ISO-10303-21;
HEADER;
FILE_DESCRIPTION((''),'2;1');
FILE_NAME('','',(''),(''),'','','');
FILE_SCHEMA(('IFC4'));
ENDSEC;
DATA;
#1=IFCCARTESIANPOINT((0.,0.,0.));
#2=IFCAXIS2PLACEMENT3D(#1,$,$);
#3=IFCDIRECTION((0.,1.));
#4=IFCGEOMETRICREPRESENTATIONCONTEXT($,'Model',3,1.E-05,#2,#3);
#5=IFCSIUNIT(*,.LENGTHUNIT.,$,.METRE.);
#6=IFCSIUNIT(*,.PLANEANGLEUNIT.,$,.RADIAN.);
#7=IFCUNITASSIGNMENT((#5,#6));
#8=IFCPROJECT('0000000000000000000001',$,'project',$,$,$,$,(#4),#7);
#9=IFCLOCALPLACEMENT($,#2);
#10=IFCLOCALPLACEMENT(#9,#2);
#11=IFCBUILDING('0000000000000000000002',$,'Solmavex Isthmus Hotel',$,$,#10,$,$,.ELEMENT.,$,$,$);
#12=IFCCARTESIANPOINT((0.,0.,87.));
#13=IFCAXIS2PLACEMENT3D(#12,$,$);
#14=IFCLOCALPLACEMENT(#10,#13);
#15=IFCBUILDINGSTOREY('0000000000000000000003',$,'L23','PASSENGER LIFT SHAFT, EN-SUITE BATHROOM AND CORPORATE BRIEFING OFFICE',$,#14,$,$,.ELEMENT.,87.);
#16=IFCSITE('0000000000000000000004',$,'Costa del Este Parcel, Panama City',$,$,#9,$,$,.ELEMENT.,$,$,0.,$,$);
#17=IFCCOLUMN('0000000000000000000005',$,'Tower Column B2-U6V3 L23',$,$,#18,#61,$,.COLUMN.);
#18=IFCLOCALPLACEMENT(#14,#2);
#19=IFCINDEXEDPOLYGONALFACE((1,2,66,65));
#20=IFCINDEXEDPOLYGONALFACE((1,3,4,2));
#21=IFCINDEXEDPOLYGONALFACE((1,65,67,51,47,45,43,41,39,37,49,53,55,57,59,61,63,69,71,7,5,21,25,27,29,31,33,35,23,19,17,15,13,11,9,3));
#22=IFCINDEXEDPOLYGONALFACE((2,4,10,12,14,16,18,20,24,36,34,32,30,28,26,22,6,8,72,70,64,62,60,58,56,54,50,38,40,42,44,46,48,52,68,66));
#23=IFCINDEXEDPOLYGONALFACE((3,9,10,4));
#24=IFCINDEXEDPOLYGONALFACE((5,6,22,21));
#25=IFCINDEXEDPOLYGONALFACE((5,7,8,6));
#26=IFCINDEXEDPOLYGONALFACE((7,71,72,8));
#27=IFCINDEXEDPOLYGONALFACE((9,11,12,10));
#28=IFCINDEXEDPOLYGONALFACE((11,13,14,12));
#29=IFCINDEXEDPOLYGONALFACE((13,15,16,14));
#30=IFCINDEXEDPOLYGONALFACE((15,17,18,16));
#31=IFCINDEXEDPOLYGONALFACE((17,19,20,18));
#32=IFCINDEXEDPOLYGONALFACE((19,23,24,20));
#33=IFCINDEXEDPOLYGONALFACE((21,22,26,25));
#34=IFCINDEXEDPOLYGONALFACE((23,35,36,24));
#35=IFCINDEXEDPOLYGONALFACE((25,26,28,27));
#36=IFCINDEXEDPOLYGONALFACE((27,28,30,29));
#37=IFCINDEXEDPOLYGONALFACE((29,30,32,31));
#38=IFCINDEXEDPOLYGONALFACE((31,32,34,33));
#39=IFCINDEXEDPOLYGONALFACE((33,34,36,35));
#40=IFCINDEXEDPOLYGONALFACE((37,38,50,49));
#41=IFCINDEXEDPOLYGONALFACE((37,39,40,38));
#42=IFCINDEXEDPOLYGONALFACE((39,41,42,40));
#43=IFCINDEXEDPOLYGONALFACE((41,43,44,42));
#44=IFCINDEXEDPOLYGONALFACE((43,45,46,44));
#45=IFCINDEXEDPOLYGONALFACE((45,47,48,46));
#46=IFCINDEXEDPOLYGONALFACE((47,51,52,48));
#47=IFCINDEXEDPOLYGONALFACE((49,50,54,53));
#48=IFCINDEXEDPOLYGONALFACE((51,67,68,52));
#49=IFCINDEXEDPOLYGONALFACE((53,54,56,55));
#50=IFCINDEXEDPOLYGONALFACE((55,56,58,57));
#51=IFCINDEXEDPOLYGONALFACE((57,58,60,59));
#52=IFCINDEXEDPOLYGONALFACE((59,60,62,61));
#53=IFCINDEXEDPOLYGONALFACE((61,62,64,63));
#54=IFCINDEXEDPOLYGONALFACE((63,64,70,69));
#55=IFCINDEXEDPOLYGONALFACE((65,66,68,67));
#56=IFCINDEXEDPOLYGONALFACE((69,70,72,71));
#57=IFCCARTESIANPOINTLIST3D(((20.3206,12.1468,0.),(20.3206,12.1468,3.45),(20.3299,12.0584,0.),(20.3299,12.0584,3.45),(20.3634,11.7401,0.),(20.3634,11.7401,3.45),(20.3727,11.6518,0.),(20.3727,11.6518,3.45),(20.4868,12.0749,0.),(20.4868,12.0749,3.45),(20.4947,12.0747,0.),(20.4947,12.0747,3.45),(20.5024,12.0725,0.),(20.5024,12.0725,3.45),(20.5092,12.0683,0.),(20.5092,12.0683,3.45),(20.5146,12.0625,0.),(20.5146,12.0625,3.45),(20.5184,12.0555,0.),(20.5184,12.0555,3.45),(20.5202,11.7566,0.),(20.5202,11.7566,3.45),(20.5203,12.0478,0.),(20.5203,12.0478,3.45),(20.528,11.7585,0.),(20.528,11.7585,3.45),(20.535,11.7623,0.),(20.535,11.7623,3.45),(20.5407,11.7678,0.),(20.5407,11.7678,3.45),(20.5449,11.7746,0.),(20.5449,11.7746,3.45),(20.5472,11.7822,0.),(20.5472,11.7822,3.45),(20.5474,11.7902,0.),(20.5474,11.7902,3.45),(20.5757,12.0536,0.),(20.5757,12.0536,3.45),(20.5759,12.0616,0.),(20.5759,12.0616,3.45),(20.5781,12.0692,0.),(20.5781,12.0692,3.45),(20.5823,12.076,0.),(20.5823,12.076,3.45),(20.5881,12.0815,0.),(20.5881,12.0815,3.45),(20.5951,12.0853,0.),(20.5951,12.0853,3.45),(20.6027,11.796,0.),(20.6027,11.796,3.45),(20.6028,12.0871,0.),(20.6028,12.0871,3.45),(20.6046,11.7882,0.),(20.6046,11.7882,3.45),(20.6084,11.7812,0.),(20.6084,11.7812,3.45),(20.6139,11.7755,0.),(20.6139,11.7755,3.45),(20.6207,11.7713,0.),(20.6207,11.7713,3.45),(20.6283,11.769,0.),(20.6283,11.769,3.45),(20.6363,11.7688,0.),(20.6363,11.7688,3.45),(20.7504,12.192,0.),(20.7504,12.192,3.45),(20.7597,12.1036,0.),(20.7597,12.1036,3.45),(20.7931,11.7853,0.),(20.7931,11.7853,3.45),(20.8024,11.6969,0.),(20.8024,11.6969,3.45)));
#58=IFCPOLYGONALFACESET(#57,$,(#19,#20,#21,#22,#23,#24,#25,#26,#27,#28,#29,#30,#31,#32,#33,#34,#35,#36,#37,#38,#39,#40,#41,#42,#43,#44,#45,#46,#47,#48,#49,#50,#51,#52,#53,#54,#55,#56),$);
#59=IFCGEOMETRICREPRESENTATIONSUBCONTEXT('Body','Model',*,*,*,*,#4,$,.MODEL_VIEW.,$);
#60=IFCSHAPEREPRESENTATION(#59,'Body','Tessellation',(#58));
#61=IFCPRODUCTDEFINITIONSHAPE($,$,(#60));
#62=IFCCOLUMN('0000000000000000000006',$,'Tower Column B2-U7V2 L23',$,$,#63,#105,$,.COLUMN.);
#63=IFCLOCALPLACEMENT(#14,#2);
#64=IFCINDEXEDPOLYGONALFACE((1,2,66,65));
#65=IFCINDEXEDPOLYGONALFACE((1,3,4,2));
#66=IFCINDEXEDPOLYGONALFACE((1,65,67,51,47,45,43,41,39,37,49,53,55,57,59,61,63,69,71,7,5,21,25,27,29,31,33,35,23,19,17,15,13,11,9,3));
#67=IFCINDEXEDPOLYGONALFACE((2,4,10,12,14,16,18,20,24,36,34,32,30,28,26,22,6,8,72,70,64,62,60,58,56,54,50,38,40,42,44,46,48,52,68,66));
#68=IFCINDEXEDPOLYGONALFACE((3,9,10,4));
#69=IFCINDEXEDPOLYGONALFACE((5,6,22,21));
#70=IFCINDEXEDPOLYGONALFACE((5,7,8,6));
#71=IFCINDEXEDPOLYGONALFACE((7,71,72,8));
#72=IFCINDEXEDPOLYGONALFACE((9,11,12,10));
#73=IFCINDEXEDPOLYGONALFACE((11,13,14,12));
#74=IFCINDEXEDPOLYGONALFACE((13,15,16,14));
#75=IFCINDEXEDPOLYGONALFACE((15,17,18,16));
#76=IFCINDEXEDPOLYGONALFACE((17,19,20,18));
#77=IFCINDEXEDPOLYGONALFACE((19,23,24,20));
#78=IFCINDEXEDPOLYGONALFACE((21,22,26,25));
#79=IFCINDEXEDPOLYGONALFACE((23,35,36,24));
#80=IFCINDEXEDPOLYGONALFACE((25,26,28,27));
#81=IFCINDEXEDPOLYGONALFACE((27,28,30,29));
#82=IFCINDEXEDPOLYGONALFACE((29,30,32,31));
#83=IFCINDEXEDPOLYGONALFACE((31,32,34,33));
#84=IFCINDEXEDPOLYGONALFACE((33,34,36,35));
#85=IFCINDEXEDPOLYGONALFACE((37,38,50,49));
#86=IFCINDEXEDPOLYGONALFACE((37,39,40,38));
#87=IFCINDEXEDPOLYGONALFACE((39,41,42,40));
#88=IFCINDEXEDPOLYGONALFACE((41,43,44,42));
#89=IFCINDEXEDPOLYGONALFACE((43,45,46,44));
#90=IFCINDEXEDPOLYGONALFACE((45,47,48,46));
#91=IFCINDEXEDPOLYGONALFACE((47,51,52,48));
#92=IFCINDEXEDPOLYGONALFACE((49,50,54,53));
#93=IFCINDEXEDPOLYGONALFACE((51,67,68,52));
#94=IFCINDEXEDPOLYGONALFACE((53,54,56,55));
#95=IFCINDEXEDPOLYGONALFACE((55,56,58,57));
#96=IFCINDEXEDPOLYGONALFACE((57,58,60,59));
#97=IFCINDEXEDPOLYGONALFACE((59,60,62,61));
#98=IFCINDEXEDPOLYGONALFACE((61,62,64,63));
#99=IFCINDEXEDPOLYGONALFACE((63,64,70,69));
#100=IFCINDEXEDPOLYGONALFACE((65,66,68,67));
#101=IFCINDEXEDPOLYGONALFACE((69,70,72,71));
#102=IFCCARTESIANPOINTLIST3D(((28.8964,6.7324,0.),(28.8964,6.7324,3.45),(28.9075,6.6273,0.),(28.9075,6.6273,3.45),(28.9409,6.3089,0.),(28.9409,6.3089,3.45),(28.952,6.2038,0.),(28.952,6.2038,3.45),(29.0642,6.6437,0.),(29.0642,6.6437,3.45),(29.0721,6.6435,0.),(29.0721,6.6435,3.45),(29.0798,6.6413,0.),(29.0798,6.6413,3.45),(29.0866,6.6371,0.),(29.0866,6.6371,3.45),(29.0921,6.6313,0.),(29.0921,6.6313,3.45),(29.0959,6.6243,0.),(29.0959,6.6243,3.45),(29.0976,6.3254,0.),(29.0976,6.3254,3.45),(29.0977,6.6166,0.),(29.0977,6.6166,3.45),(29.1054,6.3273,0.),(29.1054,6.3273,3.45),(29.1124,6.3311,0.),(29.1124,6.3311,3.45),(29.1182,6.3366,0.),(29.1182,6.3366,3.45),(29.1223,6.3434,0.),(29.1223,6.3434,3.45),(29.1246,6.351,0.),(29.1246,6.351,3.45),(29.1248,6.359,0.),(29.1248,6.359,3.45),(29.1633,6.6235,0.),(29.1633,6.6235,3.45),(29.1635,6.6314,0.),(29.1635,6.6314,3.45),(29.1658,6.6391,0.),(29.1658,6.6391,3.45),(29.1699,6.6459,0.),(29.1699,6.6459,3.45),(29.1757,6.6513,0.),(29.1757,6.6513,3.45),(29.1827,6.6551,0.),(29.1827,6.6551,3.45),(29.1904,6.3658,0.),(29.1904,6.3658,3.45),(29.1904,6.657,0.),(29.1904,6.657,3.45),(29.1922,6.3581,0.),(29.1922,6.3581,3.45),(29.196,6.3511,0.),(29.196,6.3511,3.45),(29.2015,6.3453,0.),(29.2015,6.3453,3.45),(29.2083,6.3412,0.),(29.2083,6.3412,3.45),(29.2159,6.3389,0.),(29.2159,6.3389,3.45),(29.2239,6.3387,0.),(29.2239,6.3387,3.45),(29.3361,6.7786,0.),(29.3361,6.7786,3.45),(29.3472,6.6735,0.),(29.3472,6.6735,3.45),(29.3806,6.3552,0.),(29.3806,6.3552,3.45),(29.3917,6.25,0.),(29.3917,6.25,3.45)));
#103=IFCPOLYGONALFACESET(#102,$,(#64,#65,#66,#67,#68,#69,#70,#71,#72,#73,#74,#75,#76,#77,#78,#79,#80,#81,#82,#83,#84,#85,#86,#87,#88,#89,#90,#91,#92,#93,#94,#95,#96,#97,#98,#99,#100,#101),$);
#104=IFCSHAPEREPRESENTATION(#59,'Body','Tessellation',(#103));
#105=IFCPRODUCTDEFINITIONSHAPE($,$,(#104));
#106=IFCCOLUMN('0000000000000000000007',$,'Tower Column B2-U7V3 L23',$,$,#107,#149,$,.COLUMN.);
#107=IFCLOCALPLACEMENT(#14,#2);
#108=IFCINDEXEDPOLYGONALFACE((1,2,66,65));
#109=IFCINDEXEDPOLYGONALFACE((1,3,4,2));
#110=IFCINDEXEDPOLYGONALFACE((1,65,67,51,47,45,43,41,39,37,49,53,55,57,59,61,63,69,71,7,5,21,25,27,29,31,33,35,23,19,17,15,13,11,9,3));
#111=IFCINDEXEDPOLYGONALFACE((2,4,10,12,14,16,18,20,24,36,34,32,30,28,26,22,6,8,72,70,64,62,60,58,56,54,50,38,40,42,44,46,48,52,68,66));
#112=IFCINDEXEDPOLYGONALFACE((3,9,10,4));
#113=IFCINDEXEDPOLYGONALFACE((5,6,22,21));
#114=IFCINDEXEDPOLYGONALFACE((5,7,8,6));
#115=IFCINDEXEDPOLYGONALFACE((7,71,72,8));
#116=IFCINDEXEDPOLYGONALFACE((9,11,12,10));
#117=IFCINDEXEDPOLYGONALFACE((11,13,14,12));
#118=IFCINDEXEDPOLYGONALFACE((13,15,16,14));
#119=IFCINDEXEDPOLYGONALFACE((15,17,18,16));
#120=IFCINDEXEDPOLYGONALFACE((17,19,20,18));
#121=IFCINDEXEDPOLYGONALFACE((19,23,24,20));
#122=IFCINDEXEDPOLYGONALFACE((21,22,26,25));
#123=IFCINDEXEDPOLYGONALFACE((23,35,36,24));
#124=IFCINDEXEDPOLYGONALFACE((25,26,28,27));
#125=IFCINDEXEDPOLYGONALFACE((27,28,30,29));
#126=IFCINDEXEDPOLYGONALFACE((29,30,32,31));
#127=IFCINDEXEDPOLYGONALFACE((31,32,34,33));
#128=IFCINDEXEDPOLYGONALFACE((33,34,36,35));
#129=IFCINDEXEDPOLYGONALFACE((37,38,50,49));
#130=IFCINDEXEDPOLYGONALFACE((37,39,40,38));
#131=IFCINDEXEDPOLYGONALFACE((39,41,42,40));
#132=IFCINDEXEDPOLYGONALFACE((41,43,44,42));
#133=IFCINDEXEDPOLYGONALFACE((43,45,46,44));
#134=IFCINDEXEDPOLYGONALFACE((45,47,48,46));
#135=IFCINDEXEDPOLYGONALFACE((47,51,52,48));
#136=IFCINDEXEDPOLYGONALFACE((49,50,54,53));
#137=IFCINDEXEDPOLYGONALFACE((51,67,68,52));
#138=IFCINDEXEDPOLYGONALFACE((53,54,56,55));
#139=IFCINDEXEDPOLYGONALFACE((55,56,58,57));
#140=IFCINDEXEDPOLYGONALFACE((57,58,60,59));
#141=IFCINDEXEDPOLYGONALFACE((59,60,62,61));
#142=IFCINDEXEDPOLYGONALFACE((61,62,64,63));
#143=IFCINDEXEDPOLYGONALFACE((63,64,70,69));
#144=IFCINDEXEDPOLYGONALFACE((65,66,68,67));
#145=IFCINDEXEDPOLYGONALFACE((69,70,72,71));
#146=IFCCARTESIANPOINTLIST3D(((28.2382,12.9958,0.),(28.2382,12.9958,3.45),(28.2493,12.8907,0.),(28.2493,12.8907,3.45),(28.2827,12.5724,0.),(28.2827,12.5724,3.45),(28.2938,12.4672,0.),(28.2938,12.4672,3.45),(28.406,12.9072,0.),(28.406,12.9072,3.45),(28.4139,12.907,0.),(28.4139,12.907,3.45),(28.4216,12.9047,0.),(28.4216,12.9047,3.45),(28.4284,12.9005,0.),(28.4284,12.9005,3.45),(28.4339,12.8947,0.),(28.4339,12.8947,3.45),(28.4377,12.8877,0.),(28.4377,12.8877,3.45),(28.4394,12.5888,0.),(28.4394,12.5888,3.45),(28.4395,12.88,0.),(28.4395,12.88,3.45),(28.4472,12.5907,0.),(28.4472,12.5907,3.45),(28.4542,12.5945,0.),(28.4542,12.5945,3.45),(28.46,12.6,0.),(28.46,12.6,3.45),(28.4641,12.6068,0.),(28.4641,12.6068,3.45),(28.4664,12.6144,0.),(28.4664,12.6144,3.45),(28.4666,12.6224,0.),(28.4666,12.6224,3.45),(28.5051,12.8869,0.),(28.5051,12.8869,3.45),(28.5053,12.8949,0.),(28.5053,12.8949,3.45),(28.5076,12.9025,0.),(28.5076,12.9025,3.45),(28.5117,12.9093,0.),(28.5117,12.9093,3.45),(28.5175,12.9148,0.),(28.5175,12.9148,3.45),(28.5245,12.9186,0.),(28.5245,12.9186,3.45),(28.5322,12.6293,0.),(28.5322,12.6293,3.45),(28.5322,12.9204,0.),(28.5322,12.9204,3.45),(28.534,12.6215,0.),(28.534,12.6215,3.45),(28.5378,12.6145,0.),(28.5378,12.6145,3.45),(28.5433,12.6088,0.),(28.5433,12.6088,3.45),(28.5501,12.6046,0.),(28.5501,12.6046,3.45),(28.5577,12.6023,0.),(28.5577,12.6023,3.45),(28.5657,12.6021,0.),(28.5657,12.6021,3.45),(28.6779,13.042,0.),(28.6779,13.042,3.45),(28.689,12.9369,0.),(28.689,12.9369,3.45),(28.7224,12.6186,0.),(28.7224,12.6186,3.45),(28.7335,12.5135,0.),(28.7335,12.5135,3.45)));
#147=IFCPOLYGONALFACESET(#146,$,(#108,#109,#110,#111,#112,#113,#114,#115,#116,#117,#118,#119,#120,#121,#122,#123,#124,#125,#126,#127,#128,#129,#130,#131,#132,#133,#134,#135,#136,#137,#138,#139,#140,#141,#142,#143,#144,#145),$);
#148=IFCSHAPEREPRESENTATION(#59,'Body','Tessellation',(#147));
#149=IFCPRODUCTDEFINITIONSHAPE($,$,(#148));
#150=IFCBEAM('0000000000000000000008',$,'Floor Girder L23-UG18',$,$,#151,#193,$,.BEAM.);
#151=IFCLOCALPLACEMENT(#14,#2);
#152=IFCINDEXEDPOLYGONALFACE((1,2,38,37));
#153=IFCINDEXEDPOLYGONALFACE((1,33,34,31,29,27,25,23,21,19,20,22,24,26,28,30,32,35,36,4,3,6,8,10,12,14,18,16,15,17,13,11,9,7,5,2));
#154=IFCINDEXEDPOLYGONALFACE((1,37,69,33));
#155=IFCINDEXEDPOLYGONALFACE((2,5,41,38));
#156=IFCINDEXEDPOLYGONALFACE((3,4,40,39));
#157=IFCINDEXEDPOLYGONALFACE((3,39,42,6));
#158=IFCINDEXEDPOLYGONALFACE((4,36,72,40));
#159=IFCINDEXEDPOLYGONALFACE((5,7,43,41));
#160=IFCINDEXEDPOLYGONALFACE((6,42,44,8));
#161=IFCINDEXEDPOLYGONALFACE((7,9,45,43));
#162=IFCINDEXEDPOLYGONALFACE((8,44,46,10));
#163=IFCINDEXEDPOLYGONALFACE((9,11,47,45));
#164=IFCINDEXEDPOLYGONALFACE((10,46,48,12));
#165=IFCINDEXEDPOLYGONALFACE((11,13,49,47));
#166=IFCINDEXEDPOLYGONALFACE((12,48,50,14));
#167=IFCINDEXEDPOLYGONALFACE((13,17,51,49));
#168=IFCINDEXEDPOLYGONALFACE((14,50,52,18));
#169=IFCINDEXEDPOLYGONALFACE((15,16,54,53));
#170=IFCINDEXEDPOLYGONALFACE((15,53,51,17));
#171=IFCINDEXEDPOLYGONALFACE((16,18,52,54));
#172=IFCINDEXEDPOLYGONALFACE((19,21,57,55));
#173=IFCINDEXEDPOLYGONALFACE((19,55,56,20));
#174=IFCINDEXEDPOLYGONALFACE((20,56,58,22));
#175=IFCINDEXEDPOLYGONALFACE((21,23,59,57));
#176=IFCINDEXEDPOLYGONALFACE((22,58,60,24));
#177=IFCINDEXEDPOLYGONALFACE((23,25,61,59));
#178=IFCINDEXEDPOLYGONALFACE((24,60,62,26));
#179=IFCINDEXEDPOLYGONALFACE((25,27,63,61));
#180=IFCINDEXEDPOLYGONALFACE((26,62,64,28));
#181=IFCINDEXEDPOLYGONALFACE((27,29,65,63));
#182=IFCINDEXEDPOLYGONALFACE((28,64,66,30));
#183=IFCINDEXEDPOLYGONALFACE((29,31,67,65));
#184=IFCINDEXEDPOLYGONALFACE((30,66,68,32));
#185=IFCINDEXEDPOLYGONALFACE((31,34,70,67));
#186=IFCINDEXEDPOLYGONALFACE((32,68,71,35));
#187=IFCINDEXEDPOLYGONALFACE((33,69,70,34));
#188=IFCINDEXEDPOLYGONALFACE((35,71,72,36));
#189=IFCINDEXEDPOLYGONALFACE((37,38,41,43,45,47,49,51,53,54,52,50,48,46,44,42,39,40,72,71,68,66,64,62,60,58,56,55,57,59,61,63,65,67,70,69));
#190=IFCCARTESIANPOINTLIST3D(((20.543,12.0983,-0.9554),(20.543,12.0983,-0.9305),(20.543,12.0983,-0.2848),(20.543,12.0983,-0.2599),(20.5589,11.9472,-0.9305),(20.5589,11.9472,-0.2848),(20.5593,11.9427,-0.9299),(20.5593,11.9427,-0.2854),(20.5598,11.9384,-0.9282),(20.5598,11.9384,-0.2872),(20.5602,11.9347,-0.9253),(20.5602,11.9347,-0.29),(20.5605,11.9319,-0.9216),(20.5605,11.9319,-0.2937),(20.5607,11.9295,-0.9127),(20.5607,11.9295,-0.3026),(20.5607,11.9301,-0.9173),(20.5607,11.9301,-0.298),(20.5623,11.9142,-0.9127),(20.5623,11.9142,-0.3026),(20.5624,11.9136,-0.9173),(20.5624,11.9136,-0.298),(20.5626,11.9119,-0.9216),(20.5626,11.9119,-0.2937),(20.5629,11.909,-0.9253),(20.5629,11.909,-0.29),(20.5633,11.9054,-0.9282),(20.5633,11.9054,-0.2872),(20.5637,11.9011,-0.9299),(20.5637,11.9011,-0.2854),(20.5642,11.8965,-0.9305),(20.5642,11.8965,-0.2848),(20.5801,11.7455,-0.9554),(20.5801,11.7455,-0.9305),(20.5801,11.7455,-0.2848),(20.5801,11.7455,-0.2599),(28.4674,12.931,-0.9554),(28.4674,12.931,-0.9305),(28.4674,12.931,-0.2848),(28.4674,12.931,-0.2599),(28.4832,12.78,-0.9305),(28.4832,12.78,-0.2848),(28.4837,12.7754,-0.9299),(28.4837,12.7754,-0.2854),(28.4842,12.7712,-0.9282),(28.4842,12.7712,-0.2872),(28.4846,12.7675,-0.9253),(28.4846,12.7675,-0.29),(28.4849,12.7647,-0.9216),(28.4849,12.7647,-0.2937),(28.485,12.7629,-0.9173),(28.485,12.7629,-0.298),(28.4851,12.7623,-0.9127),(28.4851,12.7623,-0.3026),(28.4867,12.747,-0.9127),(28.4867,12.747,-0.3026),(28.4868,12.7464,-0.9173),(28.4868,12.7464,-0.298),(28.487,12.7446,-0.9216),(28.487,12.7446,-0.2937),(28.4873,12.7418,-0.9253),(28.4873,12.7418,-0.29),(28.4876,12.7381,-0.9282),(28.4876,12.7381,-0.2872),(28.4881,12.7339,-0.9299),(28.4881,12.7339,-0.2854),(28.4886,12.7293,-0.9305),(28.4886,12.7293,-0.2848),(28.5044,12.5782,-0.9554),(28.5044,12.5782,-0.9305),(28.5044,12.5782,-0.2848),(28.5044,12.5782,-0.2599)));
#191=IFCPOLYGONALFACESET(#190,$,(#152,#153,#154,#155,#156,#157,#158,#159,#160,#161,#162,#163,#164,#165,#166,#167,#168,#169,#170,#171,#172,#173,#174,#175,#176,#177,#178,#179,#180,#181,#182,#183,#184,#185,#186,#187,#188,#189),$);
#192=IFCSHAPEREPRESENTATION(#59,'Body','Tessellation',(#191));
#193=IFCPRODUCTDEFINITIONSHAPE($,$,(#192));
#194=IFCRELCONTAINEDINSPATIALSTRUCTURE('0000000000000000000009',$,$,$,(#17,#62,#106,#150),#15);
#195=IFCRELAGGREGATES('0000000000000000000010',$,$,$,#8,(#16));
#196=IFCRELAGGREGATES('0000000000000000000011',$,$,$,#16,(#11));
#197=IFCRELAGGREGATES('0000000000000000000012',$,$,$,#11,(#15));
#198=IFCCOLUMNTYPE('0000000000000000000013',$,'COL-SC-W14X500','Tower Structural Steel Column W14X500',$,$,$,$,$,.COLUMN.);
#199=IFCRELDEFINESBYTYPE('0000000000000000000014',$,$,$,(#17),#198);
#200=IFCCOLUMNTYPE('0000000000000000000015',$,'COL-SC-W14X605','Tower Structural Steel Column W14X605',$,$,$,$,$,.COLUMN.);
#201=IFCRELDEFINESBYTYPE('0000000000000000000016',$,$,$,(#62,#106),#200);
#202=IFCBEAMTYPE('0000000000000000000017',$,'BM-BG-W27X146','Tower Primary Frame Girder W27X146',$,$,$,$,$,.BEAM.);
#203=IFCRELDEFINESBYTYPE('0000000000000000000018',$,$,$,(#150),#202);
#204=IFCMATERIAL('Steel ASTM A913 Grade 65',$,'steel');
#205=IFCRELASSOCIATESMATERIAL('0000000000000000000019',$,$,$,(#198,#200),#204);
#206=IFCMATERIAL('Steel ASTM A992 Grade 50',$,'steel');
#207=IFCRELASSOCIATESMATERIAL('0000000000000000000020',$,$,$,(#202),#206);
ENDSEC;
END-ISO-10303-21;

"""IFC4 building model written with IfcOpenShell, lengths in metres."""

from ifc_helpers import new_model, si_unit, direction, frame, origin, origin_2d, place, context, subcontext, project, spatial, i_section, extrude, material, material_profile, profile_set, type_object, element, save


model = new_model("IFC4")

# Units and contexts
model_context = context("Model", 3, precision=1e-05, world=origin(), true_north=direction((0.0, 1.0)))
body_context = subcontext(model_context, "Body", "Model", "MODEL_VIEW")
ifc_project = project(units=[si_unit("LENGTHUNIT", "METRE"), si_unit("PLANEANGLEUNIT", "RADIAN")], contexts=[model_context])

# Site, building, storey
site_placement = place(None, origin())
site = spatial("IfcSite", under=ifc_project, at=site_placement, Name="Costa del Este Parcel, Panama City", CompositionType="ELEMENT", RefElevation=0.0)
building_placement = place(site_placement, origin())
building = spatial("IfcBuilding", under=site, at=building_placement, Name="Solmavex Isthmus Hotel", CompositionType="ELEMENT")
storey_placement = place(building_placement, frame((0.0, 0.0, 87.0)))
storey = spatial("IfcBuildingStorey", under=building, at=storey_placement, Name="L23", Description="PASSENGER LIFT SHAFT, EN-SUITE BATHROOM AND CORPORATE BRIEFING OFFICE", CompositionType="ELEMENT", Elevation=87.0)

# Columns
ifc_material_1 = material(Name="Steel ASTM A913 Grade 65", Category="steel")
ifc_material_profile_1 = material_profile(ifc_material_1, i_section(OverallWidth=0.4321, OverallDepth=0.4978, WebThickness=0.0557, FlangeThickness=0.0889, FilletRadius=0.0305, at=origin_2d()), Name="W14X500")
ifc_profile_set_1 = profile_set([ifc_material_profile_1], Name="Steel ASTM A913 Grade 65")
column_type_1 = type_object("IfcColumnType", Name="COL-SC-W14X500", Description="Tower Structural Steel Column W14X500", PredefinedType="COLUMN", material=ifc_profile_set_1)
column_placement = place(storey_placement, frame((20.5615, 11.9219, 0.0), z_axis=(0.0, 0.0, 1.0), x_axis=(0.994522, 0.104528, 0.0)))
element("IfcColumn", 1, at=column_placement, inside=storey, type_object=column_type_1, Name="Tower Column B2-U6V3 L23", PredefinedType="COLUMN", context=body_context, shape_type="SweptSolid", body=[
    extrude(i_section(OverallWidth=0.4321, OverallDepth=0.4978, WebThickness=0.0557, FlangeThickness=0.0889, FilletRadius=0.0305, at=origin_2d()), origin(), (0.0, 0.0, 1.0), 3.45),
])
ifc_material_profile_2 = material_profile(ifc_material_1, i_section(OverallWidth=0.4421, OverallDepth=0.5315, WebThickness=0.0659, FlangeThickness=0.1057, FilletRadius=0.0305, at=origin_2d()), Name="W14X605")
ifc_profile_set_2 = profile_set([ifc_material_profile_2], Name="Steel ASTM A913 Grade 65")
column_type_2 = type_object("IfcColumnType", Name="COL-SC-W14X605", Description="Tower Structural Steel Column W14X605", PredefinedType="COLUMN", material=ifc_profile_set_2)
for number, where, z_axis, x_axis, name in (
    (2, (29.144, 6.4912, 0.0), (0.0, 0.0, 1.0), (0.994522, 0.104528, 0.0), "Tower Column B2-U7V2 L23"),
    (3, (28.4858, 12.7546, 0.0), (0.0, 0.0, 1.0), (0.994522, 0.104528, 0.0), "Tower Column B2-U7V3 L23"),
):
    element("IfcColumn", number, at=place(storey_placement, frame(where, z_axis=z_axis, x_axis=x_axis)), inside=storey, type_object=column_type_2, Name=name, PredefinedType="COLUMN", context=body_context, shape_type="SweptSolid", body=[
        extrude(i_section(OverallWidth=0.4421, OverallDepth=0.5315, WebThickness=0.0659, FlangeThickness=0.1057, FilletRadius=0.0305, at=origin_2d()), origin(), (0.0, 0.0, 1.0), 3.45),
    ])

# Beam
ifc_material_2 = material(Name="Steel ASTM A992 Grade 50", Category="steel")
ifc_material_profile_3 = material_profile(ifc_material_2, i_section(OverallWidth=0.3547, OverallDepth=0.6956, WebThickness=0.0154, FlangeThickness=0.0249, FilletRadius=0.0178, at=origin_2d()), Name="W27X146")
ifc_profile_set_3 = profile_set([ifc_material_profile_3], Name="Steel ASTM A992 Grade 50")
beam_type_1 = type_object("IfcBeamType", Name="BM-BG-W27X146", Description="Tower Primary Frame Girder W27X146", PredefinedType="BEAM", material=ifc_profile_set_3)
beam_1_placement = place(storey_placement, frame((20.5615, 11.9219, -0.6077), z_axis=(0.994523, 0.104514, 0.0), x_axis=(-0.104514, 0.994523, 0.0)))
element("IfcBeam", 4, at=beam_1_placement, inside=storey, type_object=beam_type_1, Name="Floor Girder L23-UG18", PredefinedType="BEAM", context=body_context, shape_type="SweptSolid", body=[
    extrude(i_section(OverallWidth=0.3547, OverallDepth=0.6956, WebThickness=0.0154, FlangeThickness=0.0249, FilletRadius=0.0178, at=origin_2d()), origin(), (0.0, 0.0, 1.0), 7.968),
])

save(model, "model.ifc")
